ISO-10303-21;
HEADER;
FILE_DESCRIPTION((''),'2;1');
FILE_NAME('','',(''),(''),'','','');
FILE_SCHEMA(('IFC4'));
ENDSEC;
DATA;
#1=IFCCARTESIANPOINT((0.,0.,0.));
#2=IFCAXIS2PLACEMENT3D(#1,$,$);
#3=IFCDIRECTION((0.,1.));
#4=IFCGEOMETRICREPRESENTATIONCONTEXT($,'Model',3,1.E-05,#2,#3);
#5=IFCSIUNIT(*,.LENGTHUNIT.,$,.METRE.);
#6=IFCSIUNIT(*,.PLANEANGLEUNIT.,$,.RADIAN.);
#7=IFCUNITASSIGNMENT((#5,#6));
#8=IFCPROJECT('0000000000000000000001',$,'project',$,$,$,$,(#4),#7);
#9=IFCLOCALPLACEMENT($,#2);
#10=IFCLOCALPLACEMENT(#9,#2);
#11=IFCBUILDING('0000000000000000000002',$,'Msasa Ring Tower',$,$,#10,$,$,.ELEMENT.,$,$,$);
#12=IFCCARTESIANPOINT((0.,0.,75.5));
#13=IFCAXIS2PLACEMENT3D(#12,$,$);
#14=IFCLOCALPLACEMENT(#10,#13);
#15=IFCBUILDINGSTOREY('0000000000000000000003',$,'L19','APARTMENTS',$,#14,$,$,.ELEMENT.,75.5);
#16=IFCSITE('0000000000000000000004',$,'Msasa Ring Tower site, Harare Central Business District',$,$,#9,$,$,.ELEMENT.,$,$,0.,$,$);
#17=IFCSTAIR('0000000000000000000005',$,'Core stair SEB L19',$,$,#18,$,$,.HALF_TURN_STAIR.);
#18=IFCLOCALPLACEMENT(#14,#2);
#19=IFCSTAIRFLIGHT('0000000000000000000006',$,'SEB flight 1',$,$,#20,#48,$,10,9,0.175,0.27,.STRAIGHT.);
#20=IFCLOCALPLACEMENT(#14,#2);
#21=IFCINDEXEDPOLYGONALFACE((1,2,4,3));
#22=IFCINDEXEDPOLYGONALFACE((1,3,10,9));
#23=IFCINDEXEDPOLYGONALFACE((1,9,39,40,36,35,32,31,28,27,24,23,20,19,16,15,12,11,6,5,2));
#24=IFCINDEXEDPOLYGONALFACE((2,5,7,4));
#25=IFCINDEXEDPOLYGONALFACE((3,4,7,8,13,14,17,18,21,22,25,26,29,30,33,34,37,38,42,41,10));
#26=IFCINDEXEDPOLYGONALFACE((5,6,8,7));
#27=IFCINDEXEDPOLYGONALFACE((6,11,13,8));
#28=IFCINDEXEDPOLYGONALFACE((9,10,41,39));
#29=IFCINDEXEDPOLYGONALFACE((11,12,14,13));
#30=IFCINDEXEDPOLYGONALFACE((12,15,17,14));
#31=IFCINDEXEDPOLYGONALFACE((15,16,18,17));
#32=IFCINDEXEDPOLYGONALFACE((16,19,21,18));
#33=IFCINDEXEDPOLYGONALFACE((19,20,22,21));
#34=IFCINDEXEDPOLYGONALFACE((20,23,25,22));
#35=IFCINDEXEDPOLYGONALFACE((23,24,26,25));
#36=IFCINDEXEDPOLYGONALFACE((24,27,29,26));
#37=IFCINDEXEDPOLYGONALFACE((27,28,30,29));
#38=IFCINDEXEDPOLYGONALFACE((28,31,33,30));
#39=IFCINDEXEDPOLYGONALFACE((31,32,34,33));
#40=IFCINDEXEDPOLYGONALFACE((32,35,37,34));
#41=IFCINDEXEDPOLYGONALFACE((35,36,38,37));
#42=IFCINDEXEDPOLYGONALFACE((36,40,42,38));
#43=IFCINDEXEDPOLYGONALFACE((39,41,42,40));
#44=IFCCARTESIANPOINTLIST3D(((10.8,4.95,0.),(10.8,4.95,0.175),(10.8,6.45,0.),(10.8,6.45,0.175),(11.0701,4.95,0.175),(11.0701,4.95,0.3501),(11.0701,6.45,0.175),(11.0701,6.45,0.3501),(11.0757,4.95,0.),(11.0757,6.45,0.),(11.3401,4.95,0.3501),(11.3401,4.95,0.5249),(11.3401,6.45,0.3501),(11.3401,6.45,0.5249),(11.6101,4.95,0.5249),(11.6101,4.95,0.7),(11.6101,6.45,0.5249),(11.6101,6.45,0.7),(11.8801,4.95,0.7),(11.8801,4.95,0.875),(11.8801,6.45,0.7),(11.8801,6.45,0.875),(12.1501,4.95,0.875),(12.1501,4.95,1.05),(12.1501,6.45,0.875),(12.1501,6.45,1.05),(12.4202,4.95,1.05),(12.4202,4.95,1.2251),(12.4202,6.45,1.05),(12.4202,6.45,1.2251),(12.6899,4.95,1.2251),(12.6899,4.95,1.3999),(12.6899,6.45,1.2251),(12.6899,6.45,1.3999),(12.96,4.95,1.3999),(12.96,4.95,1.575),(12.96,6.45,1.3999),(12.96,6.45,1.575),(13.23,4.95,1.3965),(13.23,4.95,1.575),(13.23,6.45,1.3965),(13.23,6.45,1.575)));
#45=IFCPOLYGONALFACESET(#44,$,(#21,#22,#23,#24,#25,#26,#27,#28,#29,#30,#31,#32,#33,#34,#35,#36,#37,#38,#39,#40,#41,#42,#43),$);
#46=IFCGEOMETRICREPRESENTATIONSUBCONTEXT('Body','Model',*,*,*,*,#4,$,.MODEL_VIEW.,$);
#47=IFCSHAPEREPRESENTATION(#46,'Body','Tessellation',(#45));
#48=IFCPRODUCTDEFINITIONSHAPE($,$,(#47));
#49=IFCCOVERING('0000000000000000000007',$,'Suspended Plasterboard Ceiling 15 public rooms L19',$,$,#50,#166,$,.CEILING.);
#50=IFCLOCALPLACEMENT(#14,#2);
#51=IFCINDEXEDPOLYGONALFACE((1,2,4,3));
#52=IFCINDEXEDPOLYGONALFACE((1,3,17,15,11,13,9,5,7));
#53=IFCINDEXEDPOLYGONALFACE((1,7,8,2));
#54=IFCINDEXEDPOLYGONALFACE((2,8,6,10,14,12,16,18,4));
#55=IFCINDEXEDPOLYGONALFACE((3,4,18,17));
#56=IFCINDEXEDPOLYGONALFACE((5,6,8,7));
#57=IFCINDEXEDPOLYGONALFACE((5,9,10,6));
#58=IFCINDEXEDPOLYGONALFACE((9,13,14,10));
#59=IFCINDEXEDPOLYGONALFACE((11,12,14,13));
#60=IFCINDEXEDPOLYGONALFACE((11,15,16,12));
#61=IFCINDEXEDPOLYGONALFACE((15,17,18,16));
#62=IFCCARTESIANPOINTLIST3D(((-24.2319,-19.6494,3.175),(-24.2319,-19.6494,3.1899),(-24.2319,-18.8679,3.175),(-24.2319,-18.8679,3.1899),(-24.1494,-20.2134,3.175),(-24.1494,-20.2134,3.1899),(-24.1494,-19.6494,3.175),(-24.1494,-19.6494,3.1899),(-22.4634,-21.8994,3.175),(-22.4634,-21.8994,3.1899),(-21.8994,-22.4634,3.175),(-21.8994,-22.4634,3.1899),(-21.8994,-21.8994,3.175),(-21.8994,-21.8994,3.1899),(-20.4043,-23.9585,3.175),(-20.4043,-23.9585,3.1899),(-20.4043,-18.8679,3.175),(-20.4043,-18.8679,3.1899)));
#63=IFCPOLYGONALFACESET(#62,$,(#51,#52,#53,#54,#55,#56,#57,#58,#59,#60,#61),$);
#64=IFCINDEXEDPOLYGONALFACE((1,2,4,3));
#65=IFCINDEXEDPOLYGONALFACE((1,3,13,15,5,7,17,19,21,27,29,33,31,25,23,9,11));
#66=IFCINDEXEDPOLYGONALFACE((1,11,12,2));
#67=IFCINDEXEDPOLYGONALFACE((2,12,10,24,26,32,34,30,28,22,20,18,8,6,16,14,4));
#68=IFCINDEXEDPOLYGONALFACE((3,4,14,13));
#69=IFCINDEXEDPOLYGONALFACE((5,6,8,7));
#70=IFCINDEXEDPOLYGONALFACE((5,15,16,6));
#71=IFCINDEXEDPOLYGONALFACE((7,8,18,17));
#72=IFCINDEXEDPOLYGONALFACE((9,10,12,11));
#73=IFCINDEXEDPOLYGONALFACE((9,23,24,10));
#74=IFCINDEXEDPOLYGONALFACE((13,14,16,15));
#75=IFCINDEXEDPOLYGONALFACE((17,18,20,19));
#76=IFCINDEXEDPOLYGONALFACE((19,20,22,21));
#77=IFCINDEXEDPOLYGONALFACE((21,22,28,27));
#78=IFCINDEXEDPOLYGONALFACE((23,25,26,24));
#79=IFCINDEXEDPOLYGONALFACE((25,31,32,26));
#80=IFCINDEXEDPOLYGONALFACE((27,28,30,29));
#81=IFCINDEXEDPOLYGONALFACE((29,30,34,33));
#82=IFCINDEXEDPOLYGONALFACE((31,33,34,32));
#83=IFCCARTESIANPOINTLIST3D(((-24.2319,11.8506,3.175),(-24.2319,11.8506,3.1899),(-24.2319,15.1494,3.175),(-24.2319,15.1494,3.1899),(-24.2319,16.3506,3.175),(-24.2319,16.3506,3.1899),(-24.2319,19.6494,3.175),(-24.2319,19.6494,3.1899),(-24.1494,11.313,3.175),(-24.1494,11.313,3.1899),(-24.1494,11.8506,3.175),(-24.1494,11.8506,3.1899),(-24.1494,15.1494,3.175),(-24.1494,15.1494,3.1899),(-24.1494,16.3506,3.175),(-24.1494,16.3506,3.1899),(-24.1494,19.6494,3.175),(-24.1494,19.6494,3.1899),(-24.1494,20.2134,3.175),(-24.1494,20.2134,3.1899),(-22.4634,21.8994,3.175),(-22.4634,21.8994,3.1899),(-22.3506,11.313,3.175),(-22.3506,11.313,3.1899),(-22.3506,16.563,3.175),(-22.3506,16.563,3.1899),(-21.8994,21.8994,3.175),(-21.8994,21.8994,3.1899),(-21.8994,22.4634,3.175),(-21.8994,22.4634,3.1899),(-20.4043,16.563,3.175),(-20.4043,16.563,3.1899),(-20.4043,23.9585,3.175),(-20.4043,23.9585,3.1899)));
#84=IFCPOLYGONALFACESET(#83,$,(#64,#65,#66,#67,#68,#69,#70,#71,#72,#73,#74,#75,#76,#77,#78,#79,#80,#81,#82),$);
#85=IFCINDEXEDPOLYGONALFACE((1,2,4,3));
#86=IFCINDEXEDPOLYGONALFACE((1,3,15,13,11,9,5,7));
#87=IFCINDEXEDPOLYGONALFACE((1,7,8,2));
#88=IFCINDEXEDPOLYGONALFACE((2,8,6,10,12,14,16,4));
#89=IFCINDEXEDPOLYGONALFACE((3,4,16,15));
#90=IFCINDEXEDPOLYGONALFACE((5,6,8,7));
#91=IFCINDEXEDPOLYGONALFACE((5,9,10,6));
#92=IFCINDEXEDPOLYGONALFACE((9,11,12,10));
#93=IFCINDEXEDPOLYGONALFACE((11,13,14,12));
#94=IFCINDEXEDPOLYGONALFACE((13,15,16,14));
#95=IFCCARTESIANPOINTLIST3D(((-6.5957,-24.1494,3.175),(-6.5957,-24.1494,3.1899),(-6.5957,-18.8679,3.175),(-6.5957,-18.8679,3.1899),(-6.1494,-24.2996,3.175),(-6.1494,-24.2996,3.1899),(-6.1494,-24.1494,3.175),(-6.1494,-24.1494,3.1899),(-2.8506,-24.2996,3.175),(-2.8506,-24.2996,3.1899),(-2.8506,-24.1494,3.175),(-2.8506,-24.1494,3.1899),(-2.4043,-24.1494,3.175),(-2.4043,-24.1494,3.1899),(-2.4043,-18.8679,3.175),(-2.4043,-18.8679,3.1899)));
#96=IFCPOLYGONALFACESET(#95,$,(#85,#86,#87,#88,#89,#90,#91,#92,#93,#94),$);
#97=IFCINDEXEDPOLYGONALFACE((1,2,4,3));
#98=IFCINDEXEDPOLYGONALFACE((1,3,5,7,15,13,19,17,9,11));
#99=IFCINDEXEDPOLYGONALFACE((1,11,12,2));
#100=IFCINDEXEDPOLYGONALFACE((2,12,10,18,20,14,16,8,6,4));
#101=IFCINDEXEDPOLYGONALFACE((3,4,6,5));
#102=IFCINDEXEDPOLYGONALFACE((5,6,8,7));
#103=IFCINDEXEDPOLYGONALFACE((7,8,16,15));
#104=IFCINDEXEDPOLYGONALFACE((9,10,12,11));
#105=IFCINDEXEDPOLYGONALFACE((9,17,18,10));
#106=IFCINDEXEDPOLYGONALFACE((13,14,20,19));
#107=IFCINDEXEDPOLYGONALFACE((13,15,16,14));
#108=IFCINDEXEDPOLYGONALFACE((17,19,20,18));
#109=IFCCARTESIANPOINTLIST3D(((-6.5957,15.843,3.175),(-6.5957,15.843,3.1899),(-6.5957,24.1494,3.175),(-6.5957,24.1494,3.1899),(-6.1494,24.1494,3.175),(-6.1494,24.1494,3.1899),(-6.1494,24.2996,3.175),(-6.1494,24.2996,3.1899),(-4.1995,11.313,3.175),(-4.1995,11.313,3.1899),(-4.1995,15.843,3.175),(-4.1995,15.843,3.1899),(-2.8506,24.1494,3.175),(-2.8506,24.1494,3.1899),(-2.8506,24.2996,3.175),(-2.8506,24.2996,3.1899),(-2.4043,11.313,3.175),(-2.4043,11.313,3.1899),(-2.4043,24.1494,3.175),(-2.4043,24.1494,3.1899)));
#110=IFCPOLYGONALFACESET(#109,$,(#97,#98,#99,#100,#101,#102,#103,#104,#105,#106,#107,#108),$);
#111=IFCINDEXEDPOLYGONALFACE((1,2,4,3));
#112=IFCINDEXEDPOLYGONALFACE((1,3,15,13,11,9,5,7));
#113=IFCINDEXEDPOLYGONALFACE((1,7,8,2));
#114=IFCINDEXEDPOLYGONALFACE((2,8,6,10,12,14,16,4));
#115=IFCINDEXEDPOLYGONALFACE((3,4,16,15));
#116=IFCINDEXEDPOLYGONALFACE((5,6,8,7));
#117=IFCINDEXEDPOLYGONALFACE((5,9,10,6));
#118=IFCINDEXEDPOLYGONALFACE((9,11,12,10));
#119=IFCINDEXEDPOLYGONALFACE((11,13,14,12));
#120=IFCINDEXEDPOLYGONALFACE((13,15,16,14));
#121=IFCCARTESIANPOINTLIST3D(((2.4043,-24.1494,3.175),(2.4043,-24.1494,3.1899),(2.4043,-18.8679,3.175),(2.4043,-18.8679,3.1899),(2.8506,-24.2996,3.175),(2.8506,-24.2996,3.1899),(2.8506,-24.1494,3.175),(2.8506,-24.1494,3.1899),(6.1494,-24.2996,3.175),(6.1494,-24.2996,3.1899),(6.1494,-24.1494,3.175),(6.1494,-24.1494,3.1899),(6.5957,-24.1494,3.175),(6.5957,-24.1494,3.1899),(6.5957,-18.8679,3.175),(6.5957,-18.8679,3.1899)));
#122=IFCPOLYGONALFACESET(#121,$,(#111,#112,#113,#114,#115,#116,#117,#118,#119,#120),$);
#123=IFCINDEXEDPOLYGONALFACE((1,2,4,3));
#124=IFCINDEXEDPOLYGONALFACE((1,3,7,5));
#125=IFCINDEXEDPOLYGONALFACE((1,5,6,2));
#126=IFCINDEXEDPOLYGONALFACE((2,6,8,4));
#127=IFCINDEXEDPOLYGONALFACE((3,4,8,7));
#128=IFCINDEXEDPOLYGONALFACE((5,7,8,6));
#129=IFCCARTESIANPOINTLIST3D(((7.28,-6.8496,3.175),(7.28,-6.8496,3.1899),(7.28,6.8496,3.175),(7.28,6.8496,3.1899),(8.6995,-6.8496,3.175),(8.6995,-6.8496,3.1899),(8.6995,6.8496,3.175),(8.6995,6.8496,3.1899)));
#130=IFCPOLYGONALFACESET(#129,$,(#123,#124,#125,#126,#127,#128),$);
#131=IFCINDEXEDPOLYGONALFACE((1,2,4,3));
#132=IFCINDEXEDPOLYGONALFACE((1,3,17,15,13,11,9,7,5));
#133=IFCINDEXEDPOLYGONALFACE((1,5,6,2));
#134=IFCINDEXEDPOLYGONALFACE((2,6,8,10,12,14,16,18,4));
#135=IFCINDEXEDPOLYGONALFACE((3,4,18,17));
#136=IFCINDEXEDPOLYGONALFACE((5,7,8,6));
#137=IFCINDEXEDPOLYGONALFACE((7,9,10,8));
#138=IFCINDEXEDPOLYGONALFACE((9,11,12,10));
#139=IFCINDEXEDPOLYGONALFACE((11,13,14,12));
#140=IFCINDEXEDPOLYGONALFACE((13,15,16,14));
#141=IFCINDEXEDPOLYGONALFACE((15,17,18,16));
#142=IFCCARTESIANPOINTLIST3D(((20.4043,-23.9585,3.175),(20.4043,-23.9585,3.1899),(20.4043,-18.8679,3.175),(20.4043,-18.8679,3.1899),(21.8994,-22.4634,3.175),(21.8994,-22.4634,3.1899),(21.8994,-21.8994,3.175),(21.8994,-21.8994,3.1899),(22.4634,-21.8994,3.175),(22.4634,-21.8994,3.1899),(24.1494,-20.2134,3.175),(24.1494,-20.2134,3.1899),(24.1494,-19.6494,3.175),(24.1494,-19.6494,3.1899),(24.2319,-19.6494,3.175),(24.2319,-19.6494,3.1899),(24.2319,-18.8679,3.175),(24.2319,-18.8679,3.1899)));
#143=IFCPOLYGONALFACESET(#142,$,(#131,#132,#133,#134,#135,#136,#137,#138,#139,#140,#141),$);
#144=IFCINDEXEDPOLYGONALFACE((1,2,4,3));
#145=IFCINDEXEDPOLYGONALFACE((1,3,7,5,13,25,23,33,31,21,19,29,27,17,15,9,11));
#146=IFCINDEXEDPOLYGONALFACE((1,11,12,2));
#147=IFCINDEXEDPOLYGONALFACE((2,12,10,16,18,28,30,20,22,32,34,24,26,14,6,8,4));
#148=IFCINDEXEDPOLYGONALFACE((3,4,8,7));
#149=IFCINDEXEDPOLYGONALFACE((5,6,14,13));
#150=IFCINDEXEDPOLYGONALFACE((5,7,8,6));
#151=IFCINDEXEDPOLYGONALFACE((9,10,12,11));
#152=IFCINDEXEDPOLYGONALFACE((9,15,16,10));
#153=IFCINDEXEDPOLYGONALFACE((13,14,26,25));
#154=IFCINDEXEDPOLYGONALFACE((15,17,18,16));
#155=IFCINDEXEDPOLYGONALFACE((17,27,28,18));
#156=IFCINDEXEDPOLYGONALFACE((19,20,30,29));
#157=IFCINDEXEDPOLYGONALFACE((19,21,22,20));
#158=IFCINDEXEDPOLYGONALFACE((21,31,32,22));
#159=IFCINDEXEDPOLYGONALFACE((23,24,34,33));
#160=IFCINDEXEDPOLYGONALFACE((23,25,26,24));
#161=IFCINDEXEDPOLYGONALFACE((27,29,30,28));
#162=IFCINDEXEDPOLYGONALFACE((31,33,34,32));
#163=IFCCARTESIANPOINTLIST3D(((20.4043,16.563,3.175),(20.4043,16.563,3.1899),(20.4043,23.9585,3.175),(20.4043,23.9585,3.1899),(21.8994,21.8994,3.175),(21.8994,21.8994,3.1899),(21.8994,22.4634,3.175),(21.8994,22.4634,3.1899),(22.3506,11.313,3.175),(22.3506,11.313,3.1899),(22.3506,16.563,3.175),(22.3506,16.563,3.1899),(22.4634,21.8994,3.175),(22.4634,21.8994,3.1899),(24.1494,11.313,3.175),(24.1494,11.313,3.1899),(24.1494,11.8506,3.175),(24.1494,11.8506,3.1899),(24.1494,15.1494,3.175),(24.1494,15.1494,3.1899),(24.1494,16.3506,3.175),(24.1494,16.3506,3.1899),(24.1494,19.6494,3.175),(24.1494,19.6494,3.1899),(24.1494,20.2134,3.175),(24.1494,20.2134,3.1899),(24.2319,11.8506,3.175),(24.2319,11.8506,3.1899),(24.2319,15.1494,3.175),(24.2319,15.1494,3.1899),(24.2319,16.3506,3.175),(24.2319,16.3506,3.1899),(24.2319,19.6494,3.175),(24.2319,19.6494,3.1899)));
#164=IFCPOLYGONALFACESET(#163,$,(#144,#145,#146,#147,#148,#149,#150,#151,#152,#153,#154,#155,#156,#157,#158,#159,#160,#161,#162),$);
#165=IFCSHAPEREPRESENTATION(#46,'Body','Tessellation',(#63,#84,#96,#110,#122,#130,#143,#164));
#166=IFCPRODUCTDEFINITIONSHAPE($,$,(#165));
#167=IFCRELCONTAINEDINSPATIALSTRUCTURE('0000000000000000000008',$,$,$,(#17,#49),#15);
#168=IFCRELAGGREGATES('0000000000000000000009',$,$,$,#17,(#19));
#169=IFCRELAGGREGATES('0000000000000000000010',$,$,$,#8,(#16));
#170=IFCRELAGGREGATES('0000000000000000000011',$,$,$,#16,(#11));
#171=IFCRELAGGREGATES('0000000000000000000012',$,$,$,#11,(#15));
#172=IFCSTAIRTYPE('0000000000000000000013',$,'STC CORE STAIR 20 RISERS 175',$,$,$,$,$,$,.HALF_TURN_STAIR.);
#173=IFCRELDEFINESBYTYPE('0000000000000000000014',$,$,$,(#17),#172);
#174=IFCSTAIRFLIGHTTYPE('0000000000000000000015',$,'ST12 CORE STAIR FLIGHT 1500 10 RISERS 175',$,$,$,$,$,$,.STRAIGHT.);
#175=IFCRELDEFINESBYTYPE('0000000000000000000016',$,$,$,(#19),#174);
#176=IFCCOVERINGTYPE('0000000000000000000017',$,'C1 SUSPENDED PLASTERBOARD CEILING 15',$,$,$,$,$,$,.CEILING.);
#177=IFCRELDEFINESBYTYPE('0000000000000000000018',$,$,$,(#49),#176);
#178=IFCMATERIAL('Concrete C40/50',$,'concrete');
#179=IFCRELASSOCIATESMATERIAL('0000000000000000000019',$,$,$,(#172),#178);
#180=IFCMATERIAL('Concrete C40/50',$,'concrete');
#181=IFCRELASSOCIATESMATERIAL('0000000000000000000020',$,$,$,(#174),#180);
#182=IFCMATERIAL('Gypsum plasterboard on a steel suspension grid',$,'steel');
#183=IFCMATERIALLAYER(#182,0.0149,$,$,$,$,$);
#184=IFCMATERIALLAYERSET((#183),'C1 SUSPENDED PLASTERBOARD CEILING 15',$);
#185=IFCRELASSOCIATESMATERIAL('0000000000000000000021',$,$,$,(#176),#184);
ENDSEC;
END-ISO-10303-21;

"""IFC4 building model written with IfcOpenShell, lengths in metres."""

from ifc_helpers import new_model, si_unit, direction, frame, origin, place, context, subcontext, project, spatial, polyline, line, indexed_curve, outline, extrude, material, layer, layer_set, type_object, element, aggregate, save


model = new_model("IFC4")

# Units and contexts
model_context = context("Model", 3, precision=1e-05, world=origin(), true_north=direction((0.0, 1.0)))
body_context = subcontext(model_context, "Body", "Model", "MODEL_VIEW")
ifc_project = project(units=[si_unit("LENGTHUNIT", "METRE"), si_unit("PLANEANGLEUNIT", "RADIAN")], contexts=[model_context])

# Site, building, storey
site_placement = place(None, origin())
site = spatial("IfcSite", under=ifc_project, at=site_placement, Name="Msasa Ring Tower site, Harare Central Business District", CompositionType="ELEMENT", RefElevation=0.0)
building_placement = place(site_placement, origin())
building = spatial("IfcBuilding", under=site, at=building_placement, Name="Msasa Ring Tower", CompositionType="ELEMENT")
storey_placement = place(building_placement, frame((0.0, 0.0, 75.5)))
storey = spatial("IfcBuildingStorey", under=building, at=storey_placement, Name="L19", Description="APARTMENTS", CompositionType="ELEMENT", Elevation=75.5)

# Shared definitions
ifc_material_1 = material(Name="Concrete C40/50", Category="concrete")
stair_type = type_object("IfcStairType", Name="STC CORE STAIR 20 RISERS 175", PredefinedType="HALF_TURN_STAIR", material=ifc_material_1)

# Stair, stair flight
stair_1_placement = place(storey_placement, origin())
stair_1 = element("IfcStair", 1, at=stair_1_placement, inside=storey, type_object=stair_type, Name="Core stair SEB L19", PredefinedType="HALF_TURN_STAIR")
ifc_material_2 = material(Name="Concrete C40/50", Category="concrete")
stair_flight_type = type_object("IfcStairFlightType", Name="ST12 CORE STAIR FLIGHT 1500 10 RISERS 175", PredefinedType="STRAIGHT", material=ifc_material_2)
stair_flight_placement = place(storey_placement, frame((10.8, 5.7, 0.0), z_axis=(0.0, 0.0, 1.0), x_axis=(1.0, 0.0, 0.0)))
stair_flight = element("IfcStairFlight", 2, at=stair_flight_placement, type_object=stair_flight_type, Name="SEB flight 1", NumberOfRisers=10, NumberOfTreads=9, PredefinedType="STRAIGHT", RiserHeight=0.175, TreadLength=0.27, context=body_context, shape_type="SweptSolid", body=[
    extrude(outline(polyline([(0.0, 0.0), (0.0, 0.175), (0.27, 0.175), (0.27, 0.3501), (0.54, 0.3501), (0.54, 0.5249), (0.8101, 0.5249), (0.8101, 0.7), (1.0801, 0.7), (1.0801, 0.875), (1.3501, 0.875), (1.3501, 1.05), (1.6201, 1.05), (1.6201, 1.2251), (1.8899, 1.2251), (1.8899, 1.3999), (2.1599, 1.3999), (2.1599, 1.575), (2.4299, 1.575), (2.4299, 1.75), (2.4299, 1.3965), (0.2756, 0.0), (0.0, 0.0)])), frame((0.0, 0.75, 0.0), z_axis=(0.0, -1.0, 0.0), x_axis=(1.0, 0.0, 0.0)), (0.0, 0.0, 1.0), 1.5),
])
aggregate(stair_1, [stair_flight])

# Covering
ifc_material_3 = material(Name="Gypsum plasterboard on a steel suspension grid", Category="steel")
ifc_layer_1 = layer(ifc_material_3, 0.0149)
ifc_layer_set_1 = layer_set([ifc_layer_1], Name="C1 SUSPENDED PLASTERBOARD CEILING 15")
covering_type_1 = type_object("IfcCoveringType", Name="C1 SUSPENDED PLASTERBOARD CEILING 15", PredefinedType="CEILING", material=ifc_layer_set_1)
covering_1_placement = place(storey_placement, frame((0.0, 0.0, 3.175)))
element("IfcCovering", 3, at=covering_1_placement, inside=storey, type_object=covering_type_1, Name="Suspended Plasterboard Ceiling 15 public rooms L19", PredefinedType="CEILING", context=body_context, shape_type="SweptSolid", body=[
    extrude(outline(indexed_curve([(-24.2319, -18.8679), (-20.4043, -18.8679), (-20.4043, -23.9585), (-21.8994, -22.4634), (-21.8994, -21.8994), (-22.4634, -21.8994), (-24.1494, -20.2134), (-24.1494, -19.6494), (-24.2319, -19.6494)], segments=[line(1, 2, 3, 4, 5, 6, 7, 8, 9, 1)], self_intersect=False)), origin(), (0.0, 0.0, 1.0), 0.0149),
    extrude(outline(indexed_curve([(-22.3506, 11.313), (-24.1494, 11.313), (-24.1494, 11.8506), (-24.2319, 11.8506), (-24.2319, 15.1494), (-24.1494, 15.1494), (-24.1494, 16.3506), (-24.2319, 16.3506), (-24.2319, 19.6494), (-24.1494, 19.6494), (-24.1494, 20.2134), (-22.4634, 21.8994), (-21.8994, 21.8994), (-21.8994, 22.4634), (-20.4043, 23.9585), (-20.4043, 16.563), (-22.3506, 16.563)], segments=[line(1, 2, 3, 4, 5, 6, 7, 8, 9, 10, 11, 12, 13, 14, 15, 16, 17, 1)], self_intersect=False)), origin(), (0.0, 0.0, 1.0), 0.0149),
    extrude(outline(indexed_curve([(-2.4043, -18.8679), (-2.4043, -24.1494), (-2.8506, -24.1494), (-2.8506, -24.2996), (-6.1494, -24.2996), (-6.1494, -24.1494), (-6.5957, -24.1494), (-6.5957, -18.8679)], segments=[line(1, 2, 3, 4, 5, 6, 7, 8, 1)], self_intersect=False)), origin(), (0.0, 0.0, 1.0), 0.0149),
    extrude(outline(indexed_curve([(-2.8506, 24.2996), (-2.8506, 24.1494), (-2.4043, 24.1494), (-2.4043, 11.313), (-4.1995, 11.313), (-4.1995, 15.843), (-6.5957, 15.843), (-6.5957, 24.1494), (-6.1494, 24.1494), (-6.1494, 24.2996)], segments=[line(1, 2, 3, 4, 5, 6, 7, 8, 9, 10, 1)], self_intersect=False)), origin(), (0.0, 0.0, 1.0), 0.0149),
    extrude(outline(indexed_curve([(6.5957, -18.8679), (6.5957, -24.1494), (6.1494, -24.1494), (6.1494, -24.2996), (2.8506, -24.2996), (2.8506, -24.1494), (2.4043, -24.1494), (2.4043, -18.8679)], segments=[line(1, 2, 3, 4, 5, 6, 7, 8, 1)], self_intersect=False)), origin(), (0.0, 0.0, 1.0), 0.0149),
    extrude(outline(indexed_curve([(7.28, -6.8496), (7.28, 6.8496), (8.6995, 6.8496), (8.6995, -6.8496)], segments=[line(1, 2, 3, 4, 1)], self_intersect=False)), origin(), (0.0, 0.0, 1.0), 0.0149),
    extrude(outline(indexed_curve([(24.2319, -18.8679), (24.2319, -19.6494), (24.1494, -19.6494), (24.1494, -20.2134), (22.4634, -21.8994), (21.8994, -21.8994), (21.8994, -22.4634), (20.4043, -23.9585), (20.4043, -18.8679)], segments=[line(1, 2, 3, 4, 5, 6, 7, 8, 9, 1)], self_intersect=False)), origin(), (0.0, 0.0, 1.0), 0.0149),
    extrude(outline(indexed_curve([(21.8994, 22.4634), (21.8994, 21.8994), (22.4634, 21.8994), (24.1494, 20.2134), (24.1494, 19.6494), (24.2319, 19.6494), (24.2319, 16.3506), (24.1494, 16.3506), (24.1494, 15.1494), (24.2319, 15.1494), (24.2319, 11.8506), (24.1494, 11.8506), (24.1494, 11.313), (22.3506, 11.313), (22.3506, 16.563), (20.4043, 16.563), (20.4043, 23.9585)], segments=[line(1, 2, 3, 4, 5, 6, 7, 8, 9, 10, 11, 12, 13, 14, 15, 16, 17, 1)], self_intersect=False)), origin(), (0.0, 0.0, 1.0), 0.0149),
])

save(model, "model.ifc")
